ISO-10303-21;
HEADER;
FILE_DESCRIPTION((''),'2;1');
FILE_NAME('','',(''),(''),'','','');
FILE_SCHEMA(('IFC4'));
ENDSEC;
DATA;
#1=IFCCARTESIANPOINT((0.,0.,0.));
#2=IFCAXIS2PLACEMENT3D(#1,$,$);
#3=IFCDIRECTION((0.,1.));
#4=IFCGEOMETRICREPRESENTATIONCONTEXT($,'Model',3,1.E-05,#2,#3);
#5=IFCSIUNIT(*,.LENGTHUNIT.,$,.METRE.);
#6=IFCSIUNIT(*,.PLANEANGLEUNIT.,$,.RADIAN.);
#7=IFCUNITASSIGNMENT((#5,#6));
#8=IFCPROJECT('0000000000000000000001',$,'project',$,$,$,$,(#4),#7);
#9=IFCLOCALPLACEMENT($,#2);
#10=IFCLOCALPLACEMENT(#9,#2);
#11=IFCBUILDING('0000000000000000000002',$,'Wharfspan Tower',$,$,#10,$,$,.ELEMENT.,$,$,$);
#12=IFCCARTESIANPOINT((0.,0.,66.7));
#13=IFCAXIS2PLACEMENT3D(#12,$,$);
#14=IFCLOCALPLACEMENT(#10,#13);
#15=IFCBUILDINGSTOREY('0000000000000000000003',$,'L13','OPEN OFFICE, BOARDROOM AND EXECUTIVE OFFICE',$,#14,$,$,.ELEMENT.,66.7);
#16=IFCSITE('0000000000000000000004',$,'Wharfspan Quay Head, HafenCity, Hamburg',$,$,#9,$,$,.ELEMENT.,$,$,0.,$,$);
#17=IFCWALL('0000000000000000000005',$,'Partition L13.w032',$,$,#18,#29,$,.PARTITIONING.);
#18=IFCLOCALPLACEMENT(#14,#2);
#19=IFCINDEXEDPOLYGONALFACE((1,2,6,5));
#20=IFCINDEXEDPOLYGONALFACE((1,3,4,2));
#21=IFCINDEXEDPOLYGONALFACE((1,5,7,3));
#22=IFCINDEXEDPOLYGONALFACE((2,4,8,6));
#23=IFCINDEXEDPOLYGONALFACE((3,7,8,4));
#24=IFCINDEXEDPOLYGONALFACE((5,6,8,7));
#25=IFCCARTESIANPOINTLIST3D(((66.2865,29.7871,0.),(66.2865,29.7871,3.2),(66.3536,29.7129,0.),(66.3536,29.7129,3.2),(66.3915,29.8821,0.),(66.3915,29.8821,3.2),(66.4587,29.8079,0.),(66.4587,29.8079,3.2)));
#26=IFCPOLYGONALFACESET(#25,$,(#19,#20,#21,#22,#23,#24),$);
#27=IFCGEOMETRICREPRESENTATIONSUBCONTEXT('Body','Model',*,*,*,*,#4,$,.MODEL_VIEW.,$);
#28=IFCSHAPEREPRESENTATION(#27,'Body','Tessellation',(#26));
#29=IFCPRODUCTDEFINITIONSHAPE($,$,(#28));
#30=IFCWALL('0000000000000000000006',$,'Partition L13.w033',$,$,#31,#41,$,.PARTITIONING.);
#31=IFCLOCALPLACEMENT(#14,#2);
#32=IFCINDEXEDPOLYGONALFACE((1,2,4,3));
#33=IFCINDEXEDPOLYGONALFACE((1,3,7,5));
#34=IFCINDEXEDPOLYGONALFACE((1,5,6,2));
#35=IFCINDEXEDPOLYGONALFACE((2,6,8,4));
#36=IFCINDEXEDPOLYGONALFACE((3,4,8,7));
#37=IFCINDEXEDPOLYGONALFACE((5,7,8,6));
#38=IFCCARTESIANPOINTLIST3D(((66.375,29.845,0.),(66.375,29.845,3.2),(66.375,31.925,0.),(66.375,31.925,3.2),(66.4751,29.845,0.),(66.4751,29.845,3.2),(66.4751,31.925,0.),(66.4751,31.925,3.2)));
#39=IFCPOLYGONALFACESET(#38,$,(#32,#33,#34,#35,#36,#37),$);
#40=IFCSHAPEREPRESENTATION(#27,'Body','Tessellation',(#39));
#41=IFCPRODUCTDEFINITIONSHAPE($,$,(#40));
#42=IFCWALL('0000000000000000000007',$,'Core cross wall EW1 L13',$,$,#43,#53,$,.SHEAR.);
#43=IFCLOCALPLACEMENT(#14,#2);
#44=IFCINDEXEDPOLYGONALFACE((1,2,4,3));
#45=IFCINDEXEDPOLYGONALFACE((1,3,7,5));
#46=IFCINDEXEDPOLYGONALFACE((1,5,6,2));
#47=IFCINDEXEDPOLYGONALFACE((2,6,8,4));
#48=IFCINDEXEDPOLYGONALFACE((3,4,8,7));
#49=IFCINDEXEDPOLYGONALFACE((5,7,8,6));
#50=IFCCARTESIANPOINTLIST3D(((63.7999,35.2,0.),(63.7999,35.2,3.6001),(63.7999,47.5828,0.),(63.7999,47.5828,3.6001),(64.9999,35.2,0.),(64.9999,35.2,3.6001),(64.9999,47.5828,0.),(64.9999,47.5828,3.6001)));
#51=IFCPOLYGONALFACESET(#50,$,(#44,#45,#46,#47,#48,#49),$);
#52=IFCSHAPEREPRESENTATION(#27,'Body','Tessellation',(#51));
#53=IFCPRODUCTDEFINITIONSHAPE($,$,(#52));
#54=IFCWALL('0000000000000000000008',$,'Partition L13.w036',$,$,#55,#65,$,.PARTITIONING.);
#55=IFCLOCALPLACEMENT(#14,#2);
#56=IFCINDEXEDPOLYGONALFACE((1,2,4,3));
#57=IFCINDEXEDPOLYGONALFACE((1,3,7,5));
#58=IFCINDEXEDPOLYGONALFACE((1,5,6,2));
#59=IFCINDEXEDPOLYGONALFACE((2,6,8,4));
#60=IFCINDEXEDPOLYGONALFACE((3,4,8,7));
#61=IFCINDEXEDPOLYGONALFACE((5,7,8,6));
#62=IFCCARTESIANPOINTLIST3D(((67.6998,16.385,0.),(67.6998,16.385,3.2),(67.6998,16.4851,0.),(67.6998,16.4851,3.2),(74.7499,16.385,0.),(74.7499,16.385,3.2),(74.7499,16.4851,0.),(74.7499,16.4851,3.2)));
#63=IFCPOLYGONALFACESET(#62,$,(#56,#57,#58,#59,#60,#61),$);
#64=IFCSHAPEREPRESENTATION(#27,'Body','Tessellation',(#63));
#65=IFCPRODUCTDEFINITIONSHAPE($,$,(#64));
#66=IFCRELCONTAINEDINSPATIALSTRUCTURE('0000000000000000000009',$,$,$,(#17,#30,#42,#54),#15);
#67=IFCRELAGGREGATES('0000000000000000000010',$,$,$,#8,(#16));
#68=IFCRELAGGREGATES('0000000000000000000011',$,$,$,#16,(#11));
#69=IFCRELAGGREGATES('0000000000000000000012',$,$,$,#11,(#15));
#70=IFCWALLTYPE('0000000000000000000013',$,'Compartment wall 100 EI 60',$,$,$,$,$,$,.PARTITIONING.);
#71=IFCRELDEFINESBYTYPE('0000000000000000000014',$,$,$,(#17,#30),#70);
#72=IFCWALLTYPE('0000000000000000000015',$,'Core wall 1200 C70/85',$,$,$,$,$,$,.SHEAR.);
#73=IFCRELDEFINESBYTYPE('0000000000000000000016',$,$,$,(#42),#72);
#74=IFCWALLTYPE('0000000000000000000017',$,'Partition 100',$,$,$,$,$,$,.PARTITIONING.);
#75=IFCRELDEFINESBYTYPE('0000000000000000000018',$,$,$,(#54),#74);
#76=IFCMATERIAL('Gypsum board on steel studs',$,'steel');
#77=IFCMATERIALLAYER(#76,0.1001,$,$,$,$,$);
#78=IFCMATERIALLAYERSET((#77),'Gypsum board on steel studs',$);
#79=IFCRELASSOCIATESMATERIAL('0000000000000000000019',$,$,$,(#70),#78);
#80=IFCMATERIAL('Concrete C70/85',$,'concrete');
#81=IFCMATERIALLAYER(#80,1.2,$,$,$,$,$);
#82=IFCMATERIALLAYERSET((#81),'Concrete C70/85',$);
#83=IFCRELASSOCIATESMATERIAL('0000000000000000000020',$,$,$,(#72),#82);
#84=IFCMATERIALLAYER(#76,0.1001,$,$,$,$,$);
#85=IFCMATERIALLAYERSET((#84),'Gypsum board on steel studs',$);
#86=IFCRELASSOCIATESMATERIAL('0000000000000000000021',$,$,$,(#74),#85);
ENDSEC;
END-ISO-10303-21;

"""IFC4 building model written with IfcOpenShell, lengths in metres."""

from ifc_helpers import new_model, si_unit, direction, frame, frame_2d, origin, place, context, subcontext, project, spatial, rectangle, extrude, material, layer, layer_set, type_object, element, save


model = new_model("IFC4")

# Units and contexts
model_context = context("Model", 3, precision=1e-05, world=origin(), true_north=direction((0.0, 1.0)))
body_context = subcontext(model_context, "Body", "Model", "MODEL_VIEW")
ifc_project = project(units=[si_unit("LENGTHUNIT", "METRE"), si_unit("PLANEANGLEUNIT", "RADIAN")], contexts=[model_context])

# Site, building, storey
site_placement = place(None, origin())
site = spatial("IfcSite", under=ifc_project, at=site_placement, Name="Wharfspan Quay Head, HafenCity, Hamburg", CompositionType="ELEMENT", RefElevation=0.0)
building_placement = place(site_placement, origin())
building = spatial("IfcBuilding", under=site, at=building_placement, Name="Wharfspan Tower", CompositionType="ELEMENT")
storey_placement = place(building_placement, frame((0.0, 0.0, 66.7)))
storey = spatial("IfcBuildingStorey", under=building, at=storey_placement, Name="L13", Description="OPEN OFFICE, BOARDROOM AND EXECUTIVE OFFICE", CompositionType="ELEMENT", Elevation=66.7)

# Shared definitions
ifc_material_1 = material(Name="Gypsum board on steel studs", Category="steel")
ifc_layer_1 = layer(ifc_material_1, 0.1001)
ifc_layer_set_1 = layer_set([ifc_layer_1], Name="Gypsum board on steel studs")
wall_type_1 = type_object("IfcWallType", Name="Compartment wall 100 EI 60", PredefinedType="PARTITIONING", material=ifc_layer_set_1)

# Walls
wall_1_placement = place(storey_placement, frame((66.3201, 29.75, 0.0), z_axis=(0.0, 0.0, 1.0), x_axis=(0.741581, 0.670872, 0.0)))
element("IfcWall", 1, at=wall_1_placement, inside=storey, type_object=wall_type_1, Name="Partition L13.w032", PredefinedType="PARTITIONING", context=body_context, shape_type="SweptSolid", body=[
    extrude(rectangle(XDim=0.1416, YDim=0.1001, at=frame_2d((0.0708, 0.0))), origin(), (0.0, 0.0, 1.0), 3.2),
])
wall_2_placement = place(storey_placement, frame((66.425, 29.845, 0.0), z_axis=(0.0, 0.0, 1.0), x_axis=(0.0, 1.0, 0.0)))
element("IfcWall", 2, at=wall_2_placement, inside=storey, type_object=wall_type_1, Name="Partition L13.w033", PredefinedType="PARTITIONING", context=body_context, shape_type="SweptSolid", body=[
    extrude(rectangle(XDim=2.0801, YDim=0.1001, at=frame_2d((1.04, 0.0))), origin(), (0.0, 0.0, 1.0), 3.2),
])
ifc_material_2 = material(Name="Concrete C70/85", Category="concrete")
ifc_layer_2 = layer(ifc_material_2, 1.2)
ifc_layer_set_2 = layer_set([ifc_layer_2], Name="Concrete C70/85")
wall_type_2 = type_object("IfcWallType", Name="Core wall 1200 C70/85", PredefinedType="SHEAR", material=ifc_layer_set_2)
wall_3_placement = place(storey_placement, frame((64.3999, 35.2, 0.0), z_axis=(0.0, 0.0, 1.0), x_axis=(0.0, 1.0, 0.0)))
element("IfcWall", 3, at=wall_3_placement, inside=storey, type_object=wall_type_2, Name="Core cross wall EW1 L13", PredefinedType="SHEAR", context=body_context, shape_type="SweptSolid", body=[
    extrude(rectangle(XDim=12.3828, YDim=1.2, at=frame_2d((6.1914, 0.0))), origin(), (0.0, 0.0, 1.0), 3.6001),
])
ifc_layer_3 = layer(ifc_material_1, 0.1001)
ifc_layer_set_3 = layer_set([ifc_layer_3], Name="Gypsum board on steel studs")
wall_type_3 = type_object("IfcWallType", Name="Partition 100", PredefinedType="PARTITIONING", material=ifc_layer_set_3)
wall_4_placement = place(storey_placement, frame((67.7, 16.4351, 0.0), z_axis=(0.0, 0.0, 1.0), x_axis=(1.0, 0.0, 0.0)))
element("IfcWall", 4, at=wall_4_placement, inside=storey, type_object=wall_type_3, Name="Partition L13.w036", PredefinedType="PARTITIONING", context=body_context, shape_type="SweptSolid", body=[
    extrude(rectangle(XDim=7.05, YDim=0.1001, at=frame_2d((3.5249, 0.0))), origin(), (0.0, 0.0, 1.0), 3.2),
])

save(model, "model.ifc")
